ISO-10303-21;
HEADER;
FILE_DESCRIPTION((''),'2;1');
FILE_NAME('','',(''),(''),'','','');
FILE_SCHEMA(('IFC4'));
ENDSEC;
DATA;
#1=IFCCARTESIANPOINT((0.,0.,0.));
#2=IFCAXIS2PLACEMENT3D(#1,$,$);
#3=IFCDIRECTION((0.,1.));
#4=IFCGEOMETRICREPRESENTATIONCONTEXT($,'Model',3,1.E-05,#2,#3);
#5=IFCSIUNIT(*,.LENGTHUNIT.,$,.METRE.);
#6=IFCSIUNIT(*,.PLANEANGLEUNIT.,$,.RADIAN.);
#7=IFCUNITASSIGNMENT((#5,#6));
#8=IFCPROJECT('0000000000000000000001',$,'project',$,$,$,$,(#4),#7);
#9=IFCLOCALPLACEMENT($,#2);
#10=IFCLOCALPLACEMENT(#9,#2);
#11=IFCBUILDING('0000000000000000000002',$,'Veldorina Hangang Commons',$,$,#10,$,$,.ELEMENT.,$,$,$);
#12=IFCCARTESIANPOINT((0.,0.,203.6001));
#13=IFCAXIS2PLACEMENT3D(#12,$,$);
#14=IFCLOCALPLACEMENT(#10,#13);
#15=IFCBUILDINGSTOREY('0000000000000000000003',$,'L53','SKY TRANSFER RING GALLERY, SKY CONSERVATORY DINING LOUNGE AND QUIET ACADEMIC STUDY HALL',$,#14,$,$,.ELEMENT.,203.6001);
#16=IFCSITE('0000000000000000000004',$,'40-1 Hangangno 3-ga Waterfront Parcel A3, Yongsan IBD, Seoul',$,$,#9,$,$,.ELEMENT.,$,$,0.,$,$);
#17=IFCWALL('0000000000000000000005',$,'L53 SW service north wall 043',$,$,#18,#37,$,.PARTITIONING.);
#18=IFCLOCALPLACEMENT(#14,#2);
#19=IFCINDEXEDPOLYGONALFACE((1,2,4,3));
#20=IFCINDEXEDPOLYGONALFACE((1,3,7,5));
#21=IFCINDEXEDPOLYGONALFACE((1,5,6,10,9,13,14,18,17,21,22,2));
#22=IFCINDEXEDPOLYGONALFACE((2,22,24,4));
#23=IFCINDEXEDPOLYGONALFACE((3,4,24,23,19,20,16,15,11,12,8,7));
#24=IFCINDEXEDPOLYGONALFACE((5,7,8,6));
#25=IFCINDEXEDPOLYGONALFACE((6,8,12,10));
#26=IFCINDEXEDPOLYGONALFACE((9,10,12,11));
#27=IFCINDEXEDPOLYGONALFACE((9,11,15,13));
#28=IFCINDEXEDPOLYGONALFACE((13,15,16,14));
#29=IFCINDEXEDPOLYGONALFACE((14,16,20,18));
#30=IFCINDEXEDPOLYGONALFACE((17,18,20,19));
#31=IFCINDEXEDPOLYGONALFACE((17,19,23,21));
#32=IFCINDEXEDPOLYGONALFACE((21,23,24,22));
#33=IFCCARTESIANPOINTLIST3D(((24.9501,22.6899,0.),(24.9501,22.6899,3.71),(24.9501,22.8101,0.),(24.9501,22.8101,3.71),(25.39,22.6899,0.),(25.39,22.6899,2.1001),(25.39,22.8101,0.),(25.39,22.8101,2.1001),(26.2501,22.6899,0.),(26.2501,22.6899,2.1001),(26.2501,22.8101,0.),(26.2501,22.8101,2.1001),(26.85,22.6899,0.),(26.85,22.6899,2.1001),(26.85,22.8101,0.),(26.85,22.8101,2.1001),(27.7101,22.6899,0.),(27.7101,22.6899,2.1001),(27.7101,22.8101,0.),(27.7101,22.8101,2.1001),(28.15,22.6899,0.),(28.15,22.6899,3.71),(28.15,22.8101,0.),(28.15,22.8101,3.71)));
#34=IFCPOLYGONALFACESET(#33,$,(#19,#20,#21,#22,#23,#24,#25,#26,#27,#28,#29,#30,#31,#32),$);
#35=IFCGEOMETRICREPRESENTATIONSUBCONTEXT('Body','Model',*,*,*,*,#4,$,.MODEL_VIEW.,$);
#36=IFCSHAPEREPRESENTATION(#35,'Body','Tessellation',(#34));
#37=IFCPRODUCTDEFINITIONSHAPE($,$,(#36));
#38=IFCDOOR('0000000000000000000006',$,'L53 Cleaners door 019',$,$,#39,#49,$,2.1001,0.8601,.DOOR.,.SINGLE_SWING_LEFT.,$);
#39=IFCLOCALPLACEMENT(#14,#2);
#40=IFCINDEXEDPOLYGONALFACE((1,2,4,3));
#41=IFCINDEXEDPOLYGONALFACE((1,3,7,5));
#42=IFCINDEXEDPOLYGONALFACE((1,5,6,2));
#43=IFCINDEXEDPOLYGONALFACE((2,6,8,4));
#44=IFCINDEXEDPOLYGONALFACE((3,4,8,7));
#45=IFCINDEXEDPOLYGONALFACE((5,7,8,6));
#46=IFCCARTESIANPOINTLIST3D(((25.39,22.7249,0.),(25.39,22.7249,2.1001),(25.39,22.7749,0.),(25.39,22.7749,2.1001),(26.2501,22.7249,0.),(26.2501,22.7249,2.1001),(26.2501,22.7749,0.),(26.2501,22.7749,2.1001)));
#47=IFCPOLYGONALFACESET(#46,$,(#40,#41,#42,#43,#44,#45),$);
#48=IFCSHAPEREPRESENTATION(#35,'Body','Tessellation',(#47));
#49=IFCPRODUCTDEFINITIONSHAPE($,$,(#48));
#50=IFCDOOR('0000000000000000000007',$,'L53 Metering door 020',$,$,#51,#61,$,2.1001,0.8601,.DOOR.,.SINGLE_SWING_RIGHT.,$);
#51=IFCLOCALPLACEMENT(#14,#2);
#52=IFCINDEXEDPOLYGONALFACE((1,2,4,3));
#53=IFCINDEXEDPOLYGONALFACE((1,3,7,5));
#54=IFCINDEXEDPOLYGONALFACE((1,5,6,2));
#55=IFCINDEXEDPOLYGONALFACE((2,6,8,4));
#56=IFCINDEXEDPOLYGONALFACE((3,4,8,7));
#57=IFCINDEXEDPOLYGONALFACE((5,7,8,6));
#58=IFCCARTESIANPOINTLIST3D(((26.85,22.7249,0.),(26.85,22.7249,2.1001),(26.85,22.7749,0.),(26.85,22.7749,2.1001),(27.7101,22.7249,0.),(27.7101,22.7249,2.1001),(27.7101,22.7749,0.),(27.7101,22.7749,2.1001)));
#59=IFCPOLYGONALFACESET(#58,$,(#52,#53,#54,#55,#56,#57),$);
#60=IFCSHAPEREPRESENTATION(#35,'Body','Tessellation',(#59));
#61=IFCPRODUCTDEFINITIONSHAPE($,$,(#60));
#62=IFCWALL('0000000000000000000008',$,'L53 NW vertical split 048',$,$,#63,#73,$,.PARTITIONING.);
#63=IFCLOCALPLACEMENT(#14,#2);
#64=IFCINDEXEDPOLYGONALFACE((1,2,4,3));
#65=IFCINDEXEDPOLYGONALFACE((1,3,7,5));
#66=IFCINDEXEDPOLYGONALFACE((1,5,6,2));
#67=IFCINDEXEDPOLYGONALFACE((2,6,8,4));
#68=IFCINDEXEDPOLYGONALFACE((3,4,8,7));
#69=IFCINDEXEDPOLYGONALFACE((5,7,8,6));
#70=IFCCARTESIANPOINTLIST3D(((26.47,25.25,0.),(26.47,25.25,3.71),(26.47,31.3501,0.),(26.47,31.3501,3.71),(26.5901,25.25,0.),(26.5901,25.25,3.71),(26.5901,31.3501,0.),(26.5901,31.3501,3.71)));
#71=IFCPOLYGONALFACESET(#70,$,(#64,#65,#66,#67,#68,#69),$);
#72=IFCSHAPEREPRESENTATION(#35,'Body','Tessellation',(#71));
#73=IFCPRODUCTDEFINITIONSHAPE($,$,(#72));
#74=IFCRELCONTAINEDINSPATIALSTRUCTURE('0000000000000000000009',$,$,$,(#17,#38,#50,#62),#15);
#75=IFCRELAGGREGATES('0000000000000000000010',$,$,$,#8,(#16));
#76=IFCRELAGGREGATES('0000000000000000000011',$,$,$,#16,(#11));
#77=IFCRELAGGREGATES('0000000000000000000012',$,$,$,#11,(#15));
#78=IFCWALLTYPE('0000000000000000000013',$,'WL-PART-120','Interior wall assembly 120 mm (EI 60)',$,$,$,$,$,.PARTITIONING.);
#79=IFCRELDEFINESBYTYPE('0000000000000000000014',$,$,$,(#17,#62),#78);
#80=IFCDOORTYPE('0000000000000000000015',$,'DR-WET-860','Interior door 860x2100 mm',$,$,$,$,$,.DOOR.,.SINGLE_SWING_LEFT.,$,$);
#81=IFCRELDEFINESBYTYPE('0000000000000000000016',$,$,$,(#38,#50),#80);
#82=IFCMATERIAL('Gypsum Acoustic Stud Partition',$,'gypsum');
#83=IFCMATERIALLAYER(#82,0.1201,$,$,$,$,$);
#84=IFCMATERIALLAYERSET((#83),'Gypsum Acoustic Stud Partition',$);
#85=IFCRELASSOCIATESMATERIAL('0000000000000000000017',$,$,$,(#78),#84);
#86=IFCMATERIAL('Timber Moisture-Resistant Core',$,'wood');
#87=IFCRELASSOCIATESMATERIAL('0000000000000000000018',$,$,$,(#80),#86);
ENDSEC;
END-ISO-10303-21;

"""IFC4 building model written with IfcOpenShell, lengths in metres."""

from ifc_helpers import new_model, si_unit, direction, frame, frame_2d, origin, place, context, subcontext, project, spatial, rectangle, extrude, material, layer, layer_set, type_object, element, fill, save


model = new_model("IFC4")

# Units and contexts
model_context = context("Model", 3, precision=1e-05, world=origin(), true_north=direction((0.0, 1.0)))
body_context = subcontext(model_context, "Body", "Model", "MODEL_VIEW")
ifc_project = project(units=[si_unit("LENGTHUNIT", "METRE"), si_unit("PLANEANGLEUNIT", "RADIAN")], contexts=[model_context])

# Site, building, storey
site_placement = place(None, origin())
site = spatial("IfcSite", under=ifc_project, at=site_placement, Name="40-1 Hangangno 3-ga Waterfront Parcel A3, Yongsan IBD, Seoul", CompositionType="ELEMENT", RefElevation=0.0)
building_placement = place(site_placement, origin())
building = spatial("IfcBuilding", under=site, at=building_placement, Name="Veldorina Hangang Commons", CompositionType="ELEMENT")
storey_placement = place(building_placement, frame((0.0, 0.0, 203.6001)))
storey = spatial("IfcBuildingStorey", under=building, at=storey_placement, Name="L53", Description="SKY TRANSFER RING GALLERY, SKY CONSERVATORY DINING LOUNGE AND QUIET ACADEMIC STUDY HALL", CompositionType="ELEMENT", Elevation=203.6001)

# Shared definitions
ifc_material_1 = material(Name="Gypsum Acoustic Stud Partition", Category="gypsum")
ifc_layer_1 = layer(ifc_material_1, 0.1201)
ifc_layer_set_1 = layer_set([ifc_layer_1], Name="Gypsum Acoustic Stud Partition")
wall_type_1 = type_object("IfcWallType", Name="WL-PART-120", Description="Interior wall assembly 120 mm (EI 60)", PredefinedType="PARTITIONING", material=ifc_layer_set_1)

# Wall, openings, doors
ifc_material_2 = material(Name="Timber Moisture-Resistant Core", Category="wood")
door_type_1 = type_object("IfcDoorType", Name="DR-WET-860", Description="Interior door 860x2100 mm", OperationType="SINGLE_SWING_LEFT", PredefinedType="DOOR", material=ifc_material_2)
wall_1_placement = place(storey_placement, frame((24.95, 22.75, 0.0), z_axis=(0.0, 0.0, 1.0), x_axis=(1.0, 0.0, 0.0)))
wall_1 = element("IfcWall", 1, at=wall_1_placement, inside=storey, type_object=wall_type_1, Name="L53 SW service north wall 043", PredefinedType="PARTITIONING", context=body_context, shape_type="SweptSolid", body=[
    extrude(rectangle(XDim=3.2, YDim=0.1201, at=frame_2d((1.6001, 0.0))), origin(), (0.0, 0.0, 1.0), 3.71),
])
opening_1_placement = place(wall_1_placement, frame((0.4399, 0.0, 0.0)))
opening_1 = element("IfcOpeningElement", 2, at=opening_1_placement, cuts=wall_1, PredefinedType="OPENING", context=body_context, shape_type="SweptSolid", body=[
    extrude(rectangle(XDim=0.8601, YDim=2.1001, at=frame_2d((0.4302, 1.05))), frame((0.0, 0.0701, 0.0), z_axis=(0.0, -1.0, 0.0), x_axis=(1.0, 0.0, 0.0)), (0.0, 0.0, 1.0), 0.1401),
])
opening_2_placement = place(wall_1_placement, frame((1.8999, 0.0, 0.0)))
opening_2 = element("IfcOpeningElement", 3, at=opening_2_placement, cuts=wall_1, PredefinedType="OPENING", context=body_context, shape_type="SweptSolid", body=[
    extrude(rectangle(XDim=0.8601, YDim=2.1001, at=frame_2d((0.4302, 1.05))), frame((0.0, 0.0701, 0.0), z_axis=(0.0, -1.0, 0.0), x_axis=(1.0, 0.0, 0.0)), (0.0, 0.0, 1.0), 0.1401),
])
door_1_placement = place(opening_1_placement, origin())
door_1 = element("IfcDoor", 4, at=door_1_placement, inside=storey, type_object=door_type_1, Name="L53 Cleaners door 019", OperationType="SINGLE_SWING_LEFT", OverallHeight=2.1001, OverallWidth=0.8601, PredefinedType="DOOR", context=body_context, shape_type="SweptSolid", body=[
    extrude(rectangle(XDim=0.8601, YDim=2.1001, at=frame_2d((0.4302, 1.05))), frame((0.0, 0.0249, 0.0), z_axis=(0.0, -1.0, 0.0), x_axis=(1.0, 0.0, 0.0)), (0.0, 0.0, 1.0), 0.05),
])
fill(opening_1, door_1)
door_2_placement = place(opening_2_placement, origin())
door_2 = element("IfcDoor", 5, at=door_2_placement, inside=storey, type_object=door_type_1, Name="L53 Metering door 020", OperationType="SINGLE_SWING_RIGHT", OverallHeight=2.1001, OverallWidth=0.8601, PredefinedType="DOOR", context=body_context, shape_type="SweptSolid", body=[
    extrude(rectangle(XDim=0.8601, YDim=2.1001, at=frame_2d((0.4302, 1.05))), frame((0.0, 0.0249, 0.0), z_axis=(0.0, -1.0, 0.0), x_axis=(1.0, 0.0, 0.0)), (0.0, 0.0, 1.0), 0.05),
])
fill(opening_2, door_2)

# Wall
wall_2_placement = place(storey_placement, frame((26.53, 25.25, 0.0), z_axis=(0.0, 0.0, 1.0), x_axis=(0.0, 1.0, 0.0)))
element("IfcWall", 6, at=wall_2_placement, inside=storey, type_object=wall_type_1, Name="L53 NW vertical split 048", PredefinedType="PARTITIONING", context=body_context, shape_type="SweptSolid", body=[
    extrude(rectangle(XDim=6.1001, YDim=0.1201, at=frame_2d((3.05, 0.0))), origin(), (0.0, 0.0, 1.0), 3.71),
])

save(model, "model.ifc")
